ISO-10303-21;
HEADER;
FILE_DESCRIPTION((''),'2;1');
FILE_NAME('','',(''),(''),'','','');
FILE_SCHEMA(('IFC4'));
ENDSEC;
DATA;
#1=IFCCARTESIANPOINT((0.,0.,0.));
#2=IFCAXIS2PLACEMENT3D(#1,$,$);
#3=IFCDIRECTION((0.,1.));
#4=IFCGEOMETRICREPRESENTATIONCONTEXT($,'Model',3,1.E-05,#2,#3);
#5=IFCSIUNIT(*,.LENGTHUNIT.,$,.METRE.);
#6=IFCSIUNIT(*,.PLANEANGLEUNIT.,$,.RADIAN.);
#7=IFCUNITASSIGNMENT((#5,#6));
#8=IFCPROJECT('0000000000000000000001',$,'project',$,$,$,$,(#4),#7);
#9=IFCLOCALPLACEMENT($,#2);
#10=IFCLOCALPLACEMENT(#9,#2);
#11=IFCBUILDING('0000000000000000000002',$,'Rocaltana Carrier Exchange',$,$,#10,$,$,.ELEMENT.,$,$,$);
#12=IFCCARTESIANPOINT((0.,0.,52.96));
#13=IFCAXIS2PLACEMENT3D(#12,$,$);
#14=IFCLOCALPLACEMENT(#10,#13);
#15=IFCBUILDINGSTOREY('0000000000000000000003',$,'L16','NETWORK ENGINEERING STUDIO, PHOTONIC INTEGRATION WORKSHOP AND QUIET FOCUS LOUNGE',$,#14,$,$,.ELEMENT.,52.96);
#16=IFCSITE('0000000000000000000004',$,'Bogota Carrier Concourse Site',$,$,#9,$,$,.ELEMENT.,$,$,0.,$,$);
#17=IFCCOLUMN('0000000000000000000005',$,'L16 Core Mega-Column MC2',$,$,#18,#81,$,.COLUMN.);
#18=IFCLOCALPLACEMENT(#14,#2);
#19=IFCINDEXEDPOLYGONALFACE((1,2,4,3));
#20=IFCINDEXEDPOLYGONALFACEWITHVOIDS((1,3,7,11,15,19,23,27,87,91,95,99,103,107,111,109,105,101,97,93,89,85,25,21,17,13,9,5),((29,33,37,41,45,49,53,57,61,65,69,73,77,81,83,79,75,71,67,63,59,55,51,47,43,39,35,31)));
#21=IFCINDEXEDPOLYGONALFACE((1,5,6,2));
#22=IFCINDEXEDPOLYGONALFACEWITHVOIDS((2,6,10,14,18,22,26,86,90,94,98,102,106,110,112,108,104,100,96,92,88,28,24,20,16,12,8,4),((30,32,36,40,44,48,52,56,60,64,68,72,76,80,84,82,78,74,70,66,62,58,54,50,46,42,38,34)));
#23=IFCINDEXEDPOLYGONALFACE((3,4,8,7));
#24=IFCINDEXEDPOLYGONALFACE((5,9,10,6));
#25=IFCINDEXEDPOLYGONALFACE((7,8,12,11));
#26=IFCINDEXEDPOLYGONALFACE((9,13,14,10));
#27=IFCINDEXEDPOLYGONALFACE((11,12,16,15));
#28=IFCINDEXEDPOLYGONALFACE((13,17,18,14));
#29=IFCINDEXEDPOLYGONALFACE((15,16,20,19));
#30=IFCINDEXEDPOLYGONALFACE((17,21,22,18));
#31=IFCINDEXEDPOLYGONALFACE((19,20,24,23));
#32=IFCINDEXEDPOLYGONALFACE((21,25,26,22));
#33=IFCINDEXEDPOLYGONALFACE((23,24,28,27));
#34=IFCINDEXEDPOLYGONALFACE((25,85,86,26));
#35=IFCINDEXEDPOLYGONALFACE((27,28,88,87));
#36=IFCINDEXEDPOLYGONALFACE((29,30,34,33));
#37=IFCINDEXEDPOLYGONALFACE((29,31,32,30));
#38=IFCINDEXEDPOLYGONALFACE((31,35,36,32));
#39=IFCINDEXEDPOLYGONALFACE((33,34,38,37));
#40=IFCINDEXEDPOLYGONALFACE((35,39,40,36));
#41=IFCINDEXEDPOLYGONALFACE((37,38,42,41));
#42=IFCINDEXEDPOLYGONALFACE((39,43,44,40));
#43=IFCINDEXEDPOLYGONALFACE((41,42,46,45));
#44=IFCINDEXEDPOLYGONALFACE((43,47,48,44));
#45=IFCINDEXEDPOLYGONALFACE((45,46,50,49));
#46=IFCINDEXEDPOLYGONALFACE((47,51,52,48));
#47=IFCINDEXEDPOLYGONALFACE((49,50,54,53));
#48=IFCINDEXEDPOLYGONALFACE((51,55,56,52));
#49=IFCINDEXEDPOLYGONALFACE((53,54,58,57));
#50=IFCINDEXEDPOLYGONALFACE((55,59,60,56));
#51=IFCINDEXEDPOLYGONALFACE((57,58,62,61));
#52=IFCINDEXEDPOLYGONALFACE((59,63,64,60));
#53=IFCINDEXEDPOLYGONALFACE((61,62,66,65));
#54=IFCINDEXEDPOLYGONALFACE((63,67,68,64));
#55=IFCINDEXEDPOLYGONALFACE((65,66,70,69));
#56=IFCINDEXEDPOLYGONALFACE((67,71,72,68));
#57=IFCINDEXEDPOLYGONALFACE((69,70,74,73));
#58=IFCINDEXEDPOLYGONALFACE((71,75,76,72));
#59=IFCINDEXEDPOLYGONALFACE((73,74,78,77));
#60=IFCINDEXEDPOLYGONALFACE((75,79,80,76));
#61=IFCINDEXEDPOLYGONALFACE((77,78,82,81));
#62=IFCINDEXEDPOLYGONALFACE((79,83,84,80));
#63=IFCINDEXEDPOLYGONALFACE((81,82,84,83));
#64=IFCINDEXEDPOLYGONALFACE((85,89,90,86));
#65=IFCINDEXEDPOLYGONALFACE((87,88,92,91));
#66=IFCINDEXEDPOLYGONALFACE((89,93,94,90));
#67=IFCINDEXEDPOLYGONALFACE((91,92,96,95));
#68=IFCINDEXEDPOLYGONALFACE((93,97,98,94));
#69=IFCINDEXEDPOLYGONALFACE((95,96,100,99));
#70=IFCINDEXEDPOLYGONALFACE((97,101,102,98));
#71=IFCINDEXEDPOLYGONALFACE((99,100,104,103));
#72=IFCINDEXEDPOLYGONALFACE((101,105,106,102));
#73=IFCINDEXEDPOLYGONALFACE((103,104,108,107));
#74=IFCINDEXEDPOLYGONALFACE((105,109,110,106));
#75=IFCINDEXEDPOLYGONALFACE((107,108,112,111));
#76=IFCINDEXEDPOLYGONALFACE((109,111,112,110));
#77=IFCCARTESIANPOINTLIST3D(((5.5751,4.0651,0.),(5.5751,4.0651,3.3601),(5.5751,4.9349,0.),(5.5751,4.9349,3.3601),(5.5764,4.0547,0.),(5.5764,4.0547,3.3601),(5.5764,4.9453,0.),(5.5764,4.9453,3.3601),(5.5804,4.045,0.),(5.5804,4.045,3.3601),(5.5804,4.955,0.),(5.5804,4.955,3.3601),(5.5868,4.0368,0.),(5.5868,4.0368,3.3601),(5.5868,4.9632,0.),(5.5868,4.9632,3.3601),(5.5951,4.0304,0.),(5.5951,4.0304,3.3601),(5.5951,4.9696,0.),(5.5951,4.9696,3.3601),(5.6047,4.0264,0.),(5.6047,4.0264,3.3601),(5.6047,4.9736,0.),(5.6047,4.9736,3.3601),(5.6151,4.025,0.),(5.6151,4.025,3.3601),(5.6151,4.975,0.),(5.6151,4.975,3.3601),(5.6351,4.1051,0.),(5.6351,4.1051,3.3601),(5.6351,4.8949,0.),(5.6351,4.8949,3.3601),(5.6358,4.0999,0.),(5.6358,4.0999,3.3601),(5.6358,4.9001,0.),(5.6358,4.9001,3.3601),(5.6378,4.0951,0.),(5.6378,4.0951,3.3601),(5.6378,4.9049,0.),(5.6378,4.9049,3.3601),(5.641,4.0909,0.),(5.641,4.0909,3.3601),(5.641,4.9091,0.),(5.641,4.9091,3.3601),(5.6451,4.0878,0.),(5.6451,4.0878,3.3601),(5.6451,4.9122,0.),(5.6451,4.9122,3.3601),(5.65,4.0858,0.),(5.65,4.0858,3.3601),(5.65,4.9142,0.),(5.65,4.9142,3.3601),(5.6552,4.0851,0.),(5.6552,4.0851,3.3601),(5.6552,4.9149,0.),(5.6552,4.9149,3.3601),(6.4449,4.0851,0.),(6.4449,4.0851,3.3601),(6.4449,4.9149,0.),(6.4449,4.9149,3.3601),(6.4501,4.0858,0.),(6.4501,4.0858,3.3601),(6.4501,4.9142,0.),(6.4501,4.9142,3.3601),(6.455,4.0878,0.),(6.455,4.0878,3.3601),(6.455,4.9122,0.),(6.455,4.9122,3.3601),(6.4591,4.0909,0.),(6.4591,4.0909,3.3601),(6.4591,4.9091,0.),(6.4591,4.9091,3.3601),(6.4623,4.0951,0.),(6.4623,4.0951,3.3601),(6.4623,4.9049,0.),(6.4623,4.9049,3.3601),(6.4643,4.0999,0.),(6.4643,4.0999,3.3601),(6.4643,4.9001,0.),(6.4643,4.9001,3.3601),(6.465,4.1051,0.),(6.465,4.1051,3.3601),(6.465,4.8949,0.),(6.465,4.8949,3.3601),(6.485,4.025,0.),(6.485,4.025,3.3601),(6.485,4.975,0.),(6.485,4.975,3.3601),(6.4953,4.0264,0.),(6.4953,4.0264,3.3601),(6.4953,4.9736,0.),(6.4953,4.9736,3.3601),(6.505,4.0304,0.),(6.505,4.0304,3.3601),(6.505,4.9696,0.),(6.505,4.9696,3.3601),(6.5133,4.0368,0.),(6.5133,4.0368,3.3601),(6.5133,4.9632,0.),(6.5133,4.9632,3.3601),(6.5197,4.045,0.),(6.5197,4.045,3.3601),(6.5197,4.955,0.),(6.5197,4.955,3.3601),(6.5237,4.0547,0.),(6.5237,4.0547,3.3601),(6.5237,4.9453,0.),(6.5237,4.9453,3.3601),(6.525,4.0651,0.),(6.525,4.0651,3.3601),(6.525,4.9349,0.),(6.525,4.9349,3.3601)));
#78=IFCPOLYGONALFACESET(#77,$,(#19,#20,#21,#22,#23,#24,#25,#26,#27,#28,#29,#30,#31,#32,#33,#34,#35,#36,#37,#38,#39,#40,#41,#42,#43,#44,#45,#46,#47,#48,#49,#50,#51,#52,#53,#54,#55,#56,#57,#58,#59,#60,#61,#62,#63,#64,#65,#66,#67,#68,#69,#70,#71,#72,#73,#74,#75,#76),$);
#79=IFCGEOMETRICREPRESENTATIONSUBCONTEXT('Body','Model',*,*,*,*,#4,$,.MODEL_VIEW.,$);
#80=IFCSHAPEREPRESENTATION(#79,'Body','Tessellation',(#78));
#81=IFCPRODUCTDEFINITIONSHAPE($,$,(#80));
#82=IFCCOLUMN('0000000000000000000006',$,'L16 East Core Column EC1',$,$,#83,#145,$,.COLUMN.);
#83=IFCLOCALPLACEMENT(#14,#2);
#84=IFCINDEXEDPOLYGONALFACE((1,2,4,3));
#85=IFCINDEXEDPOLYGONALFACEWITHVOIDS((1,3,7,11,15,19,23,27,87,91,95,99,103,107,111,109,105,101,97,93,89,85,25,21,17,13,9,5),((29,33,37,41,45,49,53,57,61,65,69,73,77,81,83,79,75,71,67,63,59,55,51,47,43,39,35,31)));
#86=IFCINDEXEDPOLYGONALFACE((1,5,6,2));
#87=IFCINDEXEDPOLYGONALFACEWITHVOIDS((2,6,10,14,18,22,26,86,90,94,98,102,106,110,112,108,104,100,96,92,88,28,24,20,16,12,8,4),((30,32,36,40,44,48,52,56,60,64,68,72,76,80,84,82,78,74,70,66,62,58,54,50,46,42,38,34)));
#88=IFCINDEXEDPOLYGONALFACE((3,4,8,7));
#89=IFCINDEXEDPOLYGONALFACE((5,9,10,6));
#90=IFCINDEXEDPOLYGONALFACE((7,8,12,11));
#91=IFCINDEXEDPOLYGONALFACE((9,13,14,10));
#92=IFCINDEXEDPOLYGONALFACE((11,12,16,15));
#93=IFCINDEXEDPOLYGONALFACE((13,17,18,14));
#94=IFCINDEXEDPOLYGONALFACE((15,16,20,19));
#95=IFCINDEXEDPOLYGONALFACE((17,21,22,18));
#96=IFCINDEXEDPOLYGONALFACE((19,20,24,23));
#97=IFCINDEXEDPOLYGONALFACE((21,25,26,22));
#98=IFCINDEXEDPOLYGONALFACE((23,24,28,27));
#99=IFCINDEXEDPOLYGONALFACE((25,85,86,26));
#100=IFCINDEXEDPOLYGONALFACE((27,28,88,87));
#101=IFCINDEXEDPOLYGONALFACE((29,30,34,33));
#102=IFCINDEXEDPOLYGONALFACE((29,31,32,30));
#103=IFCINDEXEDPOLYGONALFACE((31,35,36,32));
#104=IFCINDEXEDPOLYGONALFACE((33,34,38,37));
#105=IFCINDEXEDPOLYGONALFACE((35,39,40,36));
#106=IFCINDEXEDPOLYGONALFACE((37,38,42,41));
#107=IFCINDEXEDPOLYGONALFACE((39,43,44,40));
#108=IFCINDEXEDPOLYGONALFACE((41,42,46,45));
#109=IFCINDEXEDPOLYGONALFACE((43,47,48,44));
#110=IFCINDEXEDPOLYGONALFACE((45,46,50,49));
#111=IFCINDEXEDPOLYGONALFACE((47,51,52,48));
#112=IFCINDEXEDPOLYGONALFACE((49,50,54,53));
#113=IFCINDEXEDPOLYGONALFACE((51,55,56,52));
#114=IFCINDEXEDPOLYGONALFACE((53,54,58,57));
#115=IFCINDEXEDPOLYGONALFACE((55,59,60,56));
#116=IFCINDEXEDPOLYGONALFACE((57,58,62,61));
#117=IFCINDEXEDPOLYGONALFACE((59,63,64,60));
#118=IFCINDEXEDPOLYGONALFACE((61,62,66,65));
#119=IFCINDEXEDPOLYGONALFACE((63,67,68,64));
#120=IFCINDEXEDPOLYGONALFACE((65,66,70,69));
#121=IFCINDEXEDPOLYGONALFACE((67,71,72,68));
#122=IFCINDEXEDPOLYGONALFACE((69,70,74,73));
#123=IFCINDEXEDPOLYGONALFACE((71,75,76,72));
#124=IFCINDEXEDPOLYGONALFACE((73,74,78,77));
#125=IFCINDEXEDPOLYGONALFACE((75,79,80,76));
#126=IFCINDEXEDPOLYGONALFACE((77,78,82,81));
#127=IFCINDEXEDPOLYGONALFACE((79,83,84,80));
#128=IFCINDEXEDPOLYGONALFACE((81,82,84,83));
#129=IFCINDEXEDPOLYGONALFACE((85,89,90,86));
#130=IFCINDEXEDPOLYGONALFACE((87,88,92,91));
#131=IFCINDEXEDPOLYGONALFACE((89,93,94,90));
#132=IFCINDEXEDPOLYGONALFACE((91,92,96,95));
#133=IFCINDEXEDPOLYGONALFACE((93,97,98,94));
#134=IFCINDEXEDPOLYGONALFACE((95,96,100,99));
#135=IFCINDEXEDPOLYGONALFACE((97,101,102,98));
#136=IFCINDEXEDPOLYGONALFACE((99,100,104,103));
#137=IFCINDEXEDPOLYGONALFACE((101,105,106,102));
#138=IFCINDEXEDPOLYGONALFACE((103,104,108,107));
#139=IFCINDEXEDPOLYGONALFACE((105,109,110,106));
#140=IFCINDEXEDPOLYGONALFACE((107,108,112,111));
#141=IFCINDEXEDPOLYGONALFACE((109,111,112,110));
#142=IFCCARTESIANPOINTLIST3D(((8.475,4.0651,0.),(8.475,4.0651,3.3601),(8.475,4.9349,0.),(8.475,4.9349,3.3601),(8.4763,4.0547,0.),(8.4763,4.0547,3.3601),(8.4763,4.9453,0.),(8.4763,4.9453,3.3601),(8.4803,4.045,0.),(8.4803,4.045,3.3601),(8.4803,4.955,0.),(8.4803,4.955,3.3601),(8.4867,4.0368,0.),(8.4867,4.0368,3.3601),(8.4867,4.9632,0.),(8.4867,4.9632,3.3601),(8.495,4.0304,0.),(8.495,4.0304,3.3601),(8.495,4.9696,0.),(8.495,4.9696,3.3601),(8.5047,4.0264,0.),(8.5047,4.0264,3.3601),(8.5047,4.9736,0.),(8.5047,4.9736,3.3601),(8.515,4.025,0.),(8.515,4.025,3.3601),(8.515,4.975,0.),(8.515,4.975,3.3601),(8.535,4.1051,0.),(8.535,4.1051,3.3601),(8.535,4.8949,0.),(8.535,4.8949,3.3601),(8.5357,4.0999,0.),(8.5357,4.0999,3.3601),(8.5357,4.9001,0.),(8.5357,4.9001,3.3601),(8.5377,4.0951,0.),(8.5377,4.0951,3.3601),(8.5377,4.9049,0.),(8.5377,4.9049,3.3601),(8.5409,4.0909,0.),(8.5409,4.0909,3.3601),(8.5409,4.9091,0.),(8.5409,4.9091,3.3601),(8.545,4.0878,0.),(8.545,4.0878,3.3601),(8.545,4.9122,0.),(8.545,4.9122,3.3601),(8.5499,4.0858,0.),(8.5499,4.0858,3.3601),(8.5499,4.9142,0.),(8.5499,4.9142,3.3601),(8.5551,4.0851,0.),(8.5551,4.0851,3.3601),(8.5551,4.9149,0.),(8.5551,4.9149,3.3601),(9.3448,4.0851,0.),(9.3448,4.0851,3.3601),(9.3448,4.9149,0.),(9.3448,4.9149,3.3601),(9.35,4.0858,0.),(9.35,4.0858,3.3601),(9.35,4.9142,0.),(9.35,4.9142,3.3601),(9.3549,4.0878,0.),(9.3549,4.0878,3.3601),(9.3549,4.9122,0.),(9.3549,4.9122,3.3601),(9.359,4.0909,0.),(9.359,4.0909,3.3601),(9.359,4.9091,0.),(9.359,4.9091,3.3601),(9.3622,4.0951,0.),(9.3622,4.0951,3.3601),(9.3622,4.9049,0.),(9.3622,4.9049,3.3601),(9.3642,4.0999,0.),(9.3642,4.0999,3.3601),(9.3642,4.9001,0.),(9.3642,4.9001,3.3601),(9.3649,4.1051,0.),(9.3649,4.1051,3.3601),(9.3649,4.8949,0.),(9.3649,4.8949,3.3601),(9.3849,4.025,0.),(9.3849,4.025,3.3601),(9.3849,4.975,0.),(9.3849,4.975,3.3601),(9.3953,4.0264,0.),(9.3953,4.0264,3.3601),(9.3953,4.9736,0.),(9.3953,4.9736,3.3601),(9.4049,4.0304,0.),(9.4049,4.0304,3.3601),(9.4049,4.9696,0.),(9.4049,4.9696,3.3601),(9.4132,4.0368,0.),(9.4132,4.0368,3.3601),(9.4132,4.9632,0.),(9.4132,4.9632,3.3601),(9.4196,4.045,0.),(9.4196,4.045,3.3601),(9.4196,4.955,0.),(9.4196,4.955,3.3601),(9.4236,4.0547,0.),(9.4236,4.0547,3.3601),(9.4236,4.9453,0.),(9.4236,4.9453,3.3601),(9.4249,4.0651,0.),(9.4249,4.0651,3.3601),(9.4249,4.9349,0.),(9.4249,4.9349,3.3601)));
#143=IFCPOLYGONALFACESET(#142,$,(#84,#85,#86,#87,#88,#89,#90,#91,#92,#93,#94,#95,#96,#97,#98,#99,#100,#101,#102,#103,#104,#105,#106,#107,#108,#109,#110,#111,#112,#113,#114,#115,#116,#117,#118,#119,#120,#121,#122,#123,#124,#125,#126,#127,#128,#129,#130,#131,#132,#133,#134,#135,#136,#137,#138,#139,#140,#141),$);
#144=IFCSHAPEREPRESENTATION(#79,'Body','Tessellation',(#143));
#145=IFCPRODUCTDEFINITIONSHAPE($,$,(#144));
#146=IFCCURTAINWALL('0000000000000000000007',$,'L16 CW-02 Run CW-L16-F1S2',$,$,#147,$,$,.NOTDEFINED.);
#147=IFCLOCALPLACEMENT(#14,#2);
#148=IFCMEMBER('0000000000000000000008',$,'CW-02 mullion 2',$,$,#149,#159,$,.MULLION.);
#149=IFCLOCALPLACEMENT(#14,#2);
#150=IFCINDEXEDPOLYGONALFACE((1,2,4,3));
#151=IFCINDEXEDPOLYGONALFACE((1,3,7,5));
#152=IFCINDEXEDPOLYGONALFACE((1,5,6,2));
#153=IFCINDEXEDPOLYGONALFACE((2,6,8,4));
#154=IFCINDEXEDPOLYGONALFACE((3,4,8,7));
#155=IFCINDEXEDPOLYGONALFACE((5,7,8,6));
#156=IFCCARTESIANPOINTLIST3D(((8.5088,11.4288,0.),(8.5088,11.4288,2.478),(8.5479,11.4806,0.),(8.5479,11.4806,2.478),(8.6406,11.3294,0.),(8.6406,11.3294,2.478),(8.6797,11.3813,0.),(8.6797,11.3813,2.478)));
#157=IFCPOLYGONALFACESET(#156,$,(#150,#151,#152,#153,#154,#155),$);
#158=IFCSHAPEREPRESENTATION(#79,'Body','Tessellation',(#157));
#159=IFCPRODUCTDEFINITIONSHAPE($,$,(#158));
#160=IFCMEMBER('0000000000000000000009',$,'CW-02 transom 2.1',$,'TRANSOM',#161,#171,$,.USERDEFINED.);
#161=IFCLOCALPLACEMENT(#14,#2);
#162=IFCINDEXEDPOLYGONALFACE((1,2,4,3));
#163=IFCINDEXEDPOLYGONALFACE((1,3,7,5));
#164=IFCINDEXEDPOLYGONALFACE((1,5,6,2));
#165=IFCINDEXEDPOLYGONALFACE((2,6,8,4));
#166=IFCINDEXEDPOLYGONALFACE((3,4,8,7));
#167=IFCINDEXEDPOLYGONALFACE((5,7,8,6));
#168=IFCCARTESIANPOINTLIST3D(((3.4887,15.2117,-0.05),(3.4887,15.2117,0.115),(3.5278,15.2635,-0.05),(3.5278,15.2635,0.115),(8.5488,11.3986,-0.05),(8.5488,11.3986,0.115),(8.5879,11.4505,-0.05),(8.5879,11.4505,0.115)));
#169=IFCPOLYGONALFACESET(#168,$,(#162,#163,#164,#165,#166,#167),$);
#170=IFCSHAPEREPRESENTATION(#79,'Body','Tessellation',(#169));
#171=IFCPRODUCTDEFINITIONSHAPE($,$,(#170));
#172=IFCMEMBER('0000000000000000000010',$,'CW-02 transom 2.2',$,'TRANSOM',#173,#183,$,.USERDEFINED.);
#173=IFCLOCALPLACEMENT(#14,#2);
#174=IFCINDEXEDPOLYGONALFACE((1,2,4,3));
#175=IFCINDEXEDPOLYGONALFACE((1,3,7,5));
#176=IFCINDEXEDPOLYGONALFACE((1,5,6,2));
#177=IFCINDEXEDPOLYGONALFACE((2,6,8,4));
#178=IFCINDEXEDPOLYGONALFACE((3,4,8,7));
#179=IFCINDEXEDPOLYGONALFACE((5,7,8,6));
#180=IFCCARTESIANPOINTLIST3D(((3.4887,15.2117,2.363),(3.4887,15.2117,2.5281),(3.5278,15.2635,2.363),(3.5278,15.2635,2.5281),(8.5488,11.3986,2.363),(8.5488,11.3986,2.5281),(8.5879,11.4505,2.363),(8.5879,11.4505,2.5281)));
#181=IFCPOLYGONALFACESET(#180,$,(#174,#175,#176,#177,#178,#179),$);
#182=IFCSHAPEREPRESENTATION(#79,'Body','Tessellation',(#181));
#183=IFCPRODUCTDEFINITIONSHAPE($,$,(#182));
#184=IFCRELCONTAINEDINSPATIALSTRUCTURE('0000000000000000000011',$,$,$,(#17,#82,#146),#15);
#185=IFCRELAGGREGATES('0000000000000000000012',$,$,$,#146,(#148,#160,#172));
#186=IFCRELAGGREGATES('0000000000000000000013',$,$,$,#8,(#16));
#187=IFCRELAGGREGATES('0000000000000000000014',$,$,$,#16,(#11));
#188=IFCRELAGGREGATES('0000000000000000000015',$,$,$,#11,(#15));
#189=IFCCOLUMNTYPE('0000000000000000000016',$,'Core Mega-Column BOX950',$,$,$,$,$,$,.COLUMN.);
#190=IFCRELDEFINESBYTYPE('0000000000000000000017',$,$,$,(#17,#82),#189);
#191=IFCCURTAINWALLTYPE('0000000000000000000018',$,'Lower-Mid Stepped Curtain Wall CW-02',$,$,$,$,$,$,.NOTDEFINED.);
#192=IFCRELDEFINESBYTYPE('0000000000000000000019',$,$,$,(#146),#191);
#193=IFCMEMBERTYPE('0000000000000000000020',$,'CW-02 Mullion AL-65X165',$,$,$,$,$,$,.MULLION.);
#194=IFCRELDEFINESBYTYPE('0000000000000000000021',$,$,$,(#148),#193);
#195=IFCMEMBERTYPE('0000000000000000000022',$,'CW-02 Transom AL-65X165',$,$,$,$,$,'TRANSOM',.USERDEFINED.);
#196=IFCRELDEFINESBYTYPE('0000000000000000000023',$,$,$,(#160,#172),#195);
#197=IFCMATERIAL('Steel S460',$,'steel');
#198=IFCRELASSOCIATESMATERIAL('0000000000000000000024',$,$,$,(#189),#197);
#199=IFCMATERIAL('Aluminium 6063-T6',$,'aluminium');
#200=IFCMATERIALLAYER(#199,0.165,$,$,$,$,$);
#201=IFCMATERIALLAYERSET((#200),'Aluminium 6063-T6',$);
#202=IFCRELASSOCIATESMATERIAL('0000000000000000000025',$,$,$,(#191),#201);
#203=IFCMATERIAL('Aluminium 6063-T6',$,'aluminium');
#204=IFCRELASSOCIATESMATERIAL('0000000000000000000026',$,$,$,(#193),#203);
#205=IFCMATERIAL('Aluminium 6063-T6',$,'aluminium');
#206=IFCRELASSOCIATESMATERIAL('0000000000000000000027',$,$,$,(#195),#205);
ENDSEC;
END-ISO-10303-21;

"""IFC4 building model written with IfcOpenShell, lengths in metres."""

from ifc_helpers import new_model, si_unit, direction, frame, origin, origin_2d, place, context, subcontext, project, spatial, rectangle, hollow_rectangle, extrude, material, layer, layer_set, material_profile, profile_set, type_object, element, aggregate, save


model = new_model("IFC4")

# Units and contexts
model_context = context("Model", 3, precision=1e-05, world=origin(), true_north=direction((0.0, 1.0)))
body_context = subcontext(model_context, "Body", "Model", "MODEL_VIEW")
ifc_project = project(units=[si_unit("LENGTHUNIT", "METRE"), si_unit("PLANEANGLEUNIT", "RADIAN")], contexts=[model_context])

# Site, building, storey
site_placement = place(None, origin())
site = spatial("IfcSite", under=ifc_project, at=site_placement, Name="Bogota Carrier Concourse Site", CompositionType="ELEMENT", RefElevation=0.0)
building_placement = place(site_placement, origin())
building = spatial("IfcBuilding", under=site, at=building_placement, Name="Rocaltana Carrier Exchange", CompositionType="ELEMENT")
storey_placement = place(building_placement, frame((0.0, 0.0, 52.96)))
storey = spatial("IfcBuildingStorey", under=building, at=storey_placement, Name="L16", Description="NETWORK ENGINEERING STUDIO, PHOTONIC INTEGRATION WORKSHOP AND QUIET FOCUS LOUNGE", CompositionType="ELEMENT", Elevation=52.96)

# Columns
ifc_material_1 = material(Name="Steel S460", Category="steel")
ifc_material_profile_1 = material_profile(ifc_material_1, hollow_rectangle(XDim=0.95, YDim=0.95, WallThickness=0.0601, InnerFilletRadius=0.02, OuterFilletRadius=0.04, at=origin_2d()), Name="BOX950X950X60")
ifc_profile_set_1 = profile_set([ifc_material_profile_1], Name="Steel S460")
column_type = type_object("IfcColumnType", Name="Core Mega-Column BOX950", PredefinedType="COLUMN", material=ifc_profile_set_1)
for number, where, z_axis, x_axis, name in (
    (1, (6.05, 4.5, 0.0), (0.0, 0.0, 1.0), (1.0, 0.0, 0.0), "L16 Core Mega-Column MC2"),
    (2, (8.95, 4.5, 0.0), (0.0, 0.0, 1.0), (1.0, 0.0, 0.0), "L16 East Core Column EC1"),
):
    element("IfcColumn", number, at=place(storey_placement, frame(where, z_axis=z_axis, x_axis=x_axis)), inside=storey, type_object=column_type, Name=name, PredefinedType="COLUMN", context=body_context, shape_type="SweptSolid", body=[
        extrude(hollow_rectangle(XDim=0.95, YDim=0.95, WallThickness=0.0601, InnerFilletRadius=0.02, OuterFilletRadius=0.04, at=origin_2d()), origin(), (0.0, 0.0, 1.0), 3.3601),
    ])

# Curtain wall, members
ifc_material_2 = material(Name="Aluminium 6063-T6", Category="aluminium")
ifc_layer_1 = layer(ifc_material_2, 0.165)
ifc_layer_set_1 = layer_set([ifc_layer_1], Name="Aluminium 6063-T6")
curtain_wall_type = type_object("IfcCurtainWallType", Name="Lower-Mid Stepped Curtain Wall CW-02", PredefinedType="NOTDEFINED", material=ifc_layer_set_1)
curtain_wall_placement = place(storey_placement, origin())
curtain_wall = element("IfcCurtainWall", 3, at=curtain_wall_placement, inside=storey, type_object=curtain_wall_type, Name="L16 CW-02 Run CW-L16-F1S2", PredefinedType="NOTDEFINED")
ifc_material_3 = material(Name="Aluminium 6063-T6", Category="aluminium")
ifc_material_profile_2 = material_profile(ifc_material_3, rectangle(XDim=0.0649, YDim=0.165, at=origin_2d()), Name="AL-65X165")
ifc_profile_set_2 = profile_set([ifc_material_profile_2], Name="Aluminium 6063-T6")
member_type_1 = type_object("IfcMemberType", Name="CW-02 Mullion AL-65X165", PredefinedType="MULLION", material=ifc_profile_set_2)
member_1_placement = place(storey_placement, frame((8.5942, 11.405, 0.0), z_axis=(0.0, 0.0, 1.0), x_axis=(-0.601815, -0.798635, 0.0)))
member_1 = element("IfcMember", 4, at=member_1_placement, type_object=member_type_1, Name="CW-02 mullion 2", PredefinedType="MULLION", context=body_context, shape_type="SweptSolid", body=[
    extrude(rectangle(XDim=0.0649, YDim=0.165, at=origin_2d()), origin(), (0.0, 0.0, 1.0), 2.478),
])
ifc_material_4 = material(Name="Aluminium 6063-T6", Category="aluminium")
ifc_material_profile_3 = material_profile(ifc_material_4, rectangle(XDim=0.0649, YDim=0.165, at=origin_2d()), Name="AL-65X165")
ifc_profile_set_3 = profile_set([ifc_material_profile_3], Name="Aluminium 6063-T6")
member_type_2 = type_object("IfcMemberType", Name="CW-02 Transom AL-65X165", ElementType="TRANSOM", PredefinedType="USERDEFINED", material=ifc_profile_set_3)
member_2_placement = place(storey_placement, frame((8.5684, 11.4246, 0.0325), z_axis=(-0.798638, 0.601811, 0.0), x_axis=(-0.601811, -0.798638, 0.0)))
member_2 = element("IfcMember", 5, at=member_2_placement, type_object=member_type_2, Name="CW-02 transom 2.1", ObjectType="TRANSOM", PredefinedType="USERDEFINED", context=body_context, shape_type="SweptSolid", body=[
    extrude(rectangle(XDim=0.0649, YDim=0.165, at=origin_2d()), origin(), (0.0, 0.0, 1.0), 6.3359),
])
member_3_placement = place(storey_placement, frame((8.5684, 11.4246, 2.4456), z_axis=(-0.798638, 0.601811, 0.0), x_axis=(-0.601811, -0.798638, 0.0)))
member_3 = element("IfcMember", 6, at=member_3_placement, type_object=member_type_2, Name="CW-02 transom 2.2", ObjectType="TRANSOM", PredefinedType="USERDEFINED", context=body_context, shape_type="SweptSolid", body=[
    extrude(rectangle(XDim=0.0649, YDim=0.165, at=origin_2d()), origin(), (0.0, 0.0, 1.0), 6.3359),
])

aggregate(curtain_wall, [member_1, member_2, member_3])

save(model, "model.ifc")
